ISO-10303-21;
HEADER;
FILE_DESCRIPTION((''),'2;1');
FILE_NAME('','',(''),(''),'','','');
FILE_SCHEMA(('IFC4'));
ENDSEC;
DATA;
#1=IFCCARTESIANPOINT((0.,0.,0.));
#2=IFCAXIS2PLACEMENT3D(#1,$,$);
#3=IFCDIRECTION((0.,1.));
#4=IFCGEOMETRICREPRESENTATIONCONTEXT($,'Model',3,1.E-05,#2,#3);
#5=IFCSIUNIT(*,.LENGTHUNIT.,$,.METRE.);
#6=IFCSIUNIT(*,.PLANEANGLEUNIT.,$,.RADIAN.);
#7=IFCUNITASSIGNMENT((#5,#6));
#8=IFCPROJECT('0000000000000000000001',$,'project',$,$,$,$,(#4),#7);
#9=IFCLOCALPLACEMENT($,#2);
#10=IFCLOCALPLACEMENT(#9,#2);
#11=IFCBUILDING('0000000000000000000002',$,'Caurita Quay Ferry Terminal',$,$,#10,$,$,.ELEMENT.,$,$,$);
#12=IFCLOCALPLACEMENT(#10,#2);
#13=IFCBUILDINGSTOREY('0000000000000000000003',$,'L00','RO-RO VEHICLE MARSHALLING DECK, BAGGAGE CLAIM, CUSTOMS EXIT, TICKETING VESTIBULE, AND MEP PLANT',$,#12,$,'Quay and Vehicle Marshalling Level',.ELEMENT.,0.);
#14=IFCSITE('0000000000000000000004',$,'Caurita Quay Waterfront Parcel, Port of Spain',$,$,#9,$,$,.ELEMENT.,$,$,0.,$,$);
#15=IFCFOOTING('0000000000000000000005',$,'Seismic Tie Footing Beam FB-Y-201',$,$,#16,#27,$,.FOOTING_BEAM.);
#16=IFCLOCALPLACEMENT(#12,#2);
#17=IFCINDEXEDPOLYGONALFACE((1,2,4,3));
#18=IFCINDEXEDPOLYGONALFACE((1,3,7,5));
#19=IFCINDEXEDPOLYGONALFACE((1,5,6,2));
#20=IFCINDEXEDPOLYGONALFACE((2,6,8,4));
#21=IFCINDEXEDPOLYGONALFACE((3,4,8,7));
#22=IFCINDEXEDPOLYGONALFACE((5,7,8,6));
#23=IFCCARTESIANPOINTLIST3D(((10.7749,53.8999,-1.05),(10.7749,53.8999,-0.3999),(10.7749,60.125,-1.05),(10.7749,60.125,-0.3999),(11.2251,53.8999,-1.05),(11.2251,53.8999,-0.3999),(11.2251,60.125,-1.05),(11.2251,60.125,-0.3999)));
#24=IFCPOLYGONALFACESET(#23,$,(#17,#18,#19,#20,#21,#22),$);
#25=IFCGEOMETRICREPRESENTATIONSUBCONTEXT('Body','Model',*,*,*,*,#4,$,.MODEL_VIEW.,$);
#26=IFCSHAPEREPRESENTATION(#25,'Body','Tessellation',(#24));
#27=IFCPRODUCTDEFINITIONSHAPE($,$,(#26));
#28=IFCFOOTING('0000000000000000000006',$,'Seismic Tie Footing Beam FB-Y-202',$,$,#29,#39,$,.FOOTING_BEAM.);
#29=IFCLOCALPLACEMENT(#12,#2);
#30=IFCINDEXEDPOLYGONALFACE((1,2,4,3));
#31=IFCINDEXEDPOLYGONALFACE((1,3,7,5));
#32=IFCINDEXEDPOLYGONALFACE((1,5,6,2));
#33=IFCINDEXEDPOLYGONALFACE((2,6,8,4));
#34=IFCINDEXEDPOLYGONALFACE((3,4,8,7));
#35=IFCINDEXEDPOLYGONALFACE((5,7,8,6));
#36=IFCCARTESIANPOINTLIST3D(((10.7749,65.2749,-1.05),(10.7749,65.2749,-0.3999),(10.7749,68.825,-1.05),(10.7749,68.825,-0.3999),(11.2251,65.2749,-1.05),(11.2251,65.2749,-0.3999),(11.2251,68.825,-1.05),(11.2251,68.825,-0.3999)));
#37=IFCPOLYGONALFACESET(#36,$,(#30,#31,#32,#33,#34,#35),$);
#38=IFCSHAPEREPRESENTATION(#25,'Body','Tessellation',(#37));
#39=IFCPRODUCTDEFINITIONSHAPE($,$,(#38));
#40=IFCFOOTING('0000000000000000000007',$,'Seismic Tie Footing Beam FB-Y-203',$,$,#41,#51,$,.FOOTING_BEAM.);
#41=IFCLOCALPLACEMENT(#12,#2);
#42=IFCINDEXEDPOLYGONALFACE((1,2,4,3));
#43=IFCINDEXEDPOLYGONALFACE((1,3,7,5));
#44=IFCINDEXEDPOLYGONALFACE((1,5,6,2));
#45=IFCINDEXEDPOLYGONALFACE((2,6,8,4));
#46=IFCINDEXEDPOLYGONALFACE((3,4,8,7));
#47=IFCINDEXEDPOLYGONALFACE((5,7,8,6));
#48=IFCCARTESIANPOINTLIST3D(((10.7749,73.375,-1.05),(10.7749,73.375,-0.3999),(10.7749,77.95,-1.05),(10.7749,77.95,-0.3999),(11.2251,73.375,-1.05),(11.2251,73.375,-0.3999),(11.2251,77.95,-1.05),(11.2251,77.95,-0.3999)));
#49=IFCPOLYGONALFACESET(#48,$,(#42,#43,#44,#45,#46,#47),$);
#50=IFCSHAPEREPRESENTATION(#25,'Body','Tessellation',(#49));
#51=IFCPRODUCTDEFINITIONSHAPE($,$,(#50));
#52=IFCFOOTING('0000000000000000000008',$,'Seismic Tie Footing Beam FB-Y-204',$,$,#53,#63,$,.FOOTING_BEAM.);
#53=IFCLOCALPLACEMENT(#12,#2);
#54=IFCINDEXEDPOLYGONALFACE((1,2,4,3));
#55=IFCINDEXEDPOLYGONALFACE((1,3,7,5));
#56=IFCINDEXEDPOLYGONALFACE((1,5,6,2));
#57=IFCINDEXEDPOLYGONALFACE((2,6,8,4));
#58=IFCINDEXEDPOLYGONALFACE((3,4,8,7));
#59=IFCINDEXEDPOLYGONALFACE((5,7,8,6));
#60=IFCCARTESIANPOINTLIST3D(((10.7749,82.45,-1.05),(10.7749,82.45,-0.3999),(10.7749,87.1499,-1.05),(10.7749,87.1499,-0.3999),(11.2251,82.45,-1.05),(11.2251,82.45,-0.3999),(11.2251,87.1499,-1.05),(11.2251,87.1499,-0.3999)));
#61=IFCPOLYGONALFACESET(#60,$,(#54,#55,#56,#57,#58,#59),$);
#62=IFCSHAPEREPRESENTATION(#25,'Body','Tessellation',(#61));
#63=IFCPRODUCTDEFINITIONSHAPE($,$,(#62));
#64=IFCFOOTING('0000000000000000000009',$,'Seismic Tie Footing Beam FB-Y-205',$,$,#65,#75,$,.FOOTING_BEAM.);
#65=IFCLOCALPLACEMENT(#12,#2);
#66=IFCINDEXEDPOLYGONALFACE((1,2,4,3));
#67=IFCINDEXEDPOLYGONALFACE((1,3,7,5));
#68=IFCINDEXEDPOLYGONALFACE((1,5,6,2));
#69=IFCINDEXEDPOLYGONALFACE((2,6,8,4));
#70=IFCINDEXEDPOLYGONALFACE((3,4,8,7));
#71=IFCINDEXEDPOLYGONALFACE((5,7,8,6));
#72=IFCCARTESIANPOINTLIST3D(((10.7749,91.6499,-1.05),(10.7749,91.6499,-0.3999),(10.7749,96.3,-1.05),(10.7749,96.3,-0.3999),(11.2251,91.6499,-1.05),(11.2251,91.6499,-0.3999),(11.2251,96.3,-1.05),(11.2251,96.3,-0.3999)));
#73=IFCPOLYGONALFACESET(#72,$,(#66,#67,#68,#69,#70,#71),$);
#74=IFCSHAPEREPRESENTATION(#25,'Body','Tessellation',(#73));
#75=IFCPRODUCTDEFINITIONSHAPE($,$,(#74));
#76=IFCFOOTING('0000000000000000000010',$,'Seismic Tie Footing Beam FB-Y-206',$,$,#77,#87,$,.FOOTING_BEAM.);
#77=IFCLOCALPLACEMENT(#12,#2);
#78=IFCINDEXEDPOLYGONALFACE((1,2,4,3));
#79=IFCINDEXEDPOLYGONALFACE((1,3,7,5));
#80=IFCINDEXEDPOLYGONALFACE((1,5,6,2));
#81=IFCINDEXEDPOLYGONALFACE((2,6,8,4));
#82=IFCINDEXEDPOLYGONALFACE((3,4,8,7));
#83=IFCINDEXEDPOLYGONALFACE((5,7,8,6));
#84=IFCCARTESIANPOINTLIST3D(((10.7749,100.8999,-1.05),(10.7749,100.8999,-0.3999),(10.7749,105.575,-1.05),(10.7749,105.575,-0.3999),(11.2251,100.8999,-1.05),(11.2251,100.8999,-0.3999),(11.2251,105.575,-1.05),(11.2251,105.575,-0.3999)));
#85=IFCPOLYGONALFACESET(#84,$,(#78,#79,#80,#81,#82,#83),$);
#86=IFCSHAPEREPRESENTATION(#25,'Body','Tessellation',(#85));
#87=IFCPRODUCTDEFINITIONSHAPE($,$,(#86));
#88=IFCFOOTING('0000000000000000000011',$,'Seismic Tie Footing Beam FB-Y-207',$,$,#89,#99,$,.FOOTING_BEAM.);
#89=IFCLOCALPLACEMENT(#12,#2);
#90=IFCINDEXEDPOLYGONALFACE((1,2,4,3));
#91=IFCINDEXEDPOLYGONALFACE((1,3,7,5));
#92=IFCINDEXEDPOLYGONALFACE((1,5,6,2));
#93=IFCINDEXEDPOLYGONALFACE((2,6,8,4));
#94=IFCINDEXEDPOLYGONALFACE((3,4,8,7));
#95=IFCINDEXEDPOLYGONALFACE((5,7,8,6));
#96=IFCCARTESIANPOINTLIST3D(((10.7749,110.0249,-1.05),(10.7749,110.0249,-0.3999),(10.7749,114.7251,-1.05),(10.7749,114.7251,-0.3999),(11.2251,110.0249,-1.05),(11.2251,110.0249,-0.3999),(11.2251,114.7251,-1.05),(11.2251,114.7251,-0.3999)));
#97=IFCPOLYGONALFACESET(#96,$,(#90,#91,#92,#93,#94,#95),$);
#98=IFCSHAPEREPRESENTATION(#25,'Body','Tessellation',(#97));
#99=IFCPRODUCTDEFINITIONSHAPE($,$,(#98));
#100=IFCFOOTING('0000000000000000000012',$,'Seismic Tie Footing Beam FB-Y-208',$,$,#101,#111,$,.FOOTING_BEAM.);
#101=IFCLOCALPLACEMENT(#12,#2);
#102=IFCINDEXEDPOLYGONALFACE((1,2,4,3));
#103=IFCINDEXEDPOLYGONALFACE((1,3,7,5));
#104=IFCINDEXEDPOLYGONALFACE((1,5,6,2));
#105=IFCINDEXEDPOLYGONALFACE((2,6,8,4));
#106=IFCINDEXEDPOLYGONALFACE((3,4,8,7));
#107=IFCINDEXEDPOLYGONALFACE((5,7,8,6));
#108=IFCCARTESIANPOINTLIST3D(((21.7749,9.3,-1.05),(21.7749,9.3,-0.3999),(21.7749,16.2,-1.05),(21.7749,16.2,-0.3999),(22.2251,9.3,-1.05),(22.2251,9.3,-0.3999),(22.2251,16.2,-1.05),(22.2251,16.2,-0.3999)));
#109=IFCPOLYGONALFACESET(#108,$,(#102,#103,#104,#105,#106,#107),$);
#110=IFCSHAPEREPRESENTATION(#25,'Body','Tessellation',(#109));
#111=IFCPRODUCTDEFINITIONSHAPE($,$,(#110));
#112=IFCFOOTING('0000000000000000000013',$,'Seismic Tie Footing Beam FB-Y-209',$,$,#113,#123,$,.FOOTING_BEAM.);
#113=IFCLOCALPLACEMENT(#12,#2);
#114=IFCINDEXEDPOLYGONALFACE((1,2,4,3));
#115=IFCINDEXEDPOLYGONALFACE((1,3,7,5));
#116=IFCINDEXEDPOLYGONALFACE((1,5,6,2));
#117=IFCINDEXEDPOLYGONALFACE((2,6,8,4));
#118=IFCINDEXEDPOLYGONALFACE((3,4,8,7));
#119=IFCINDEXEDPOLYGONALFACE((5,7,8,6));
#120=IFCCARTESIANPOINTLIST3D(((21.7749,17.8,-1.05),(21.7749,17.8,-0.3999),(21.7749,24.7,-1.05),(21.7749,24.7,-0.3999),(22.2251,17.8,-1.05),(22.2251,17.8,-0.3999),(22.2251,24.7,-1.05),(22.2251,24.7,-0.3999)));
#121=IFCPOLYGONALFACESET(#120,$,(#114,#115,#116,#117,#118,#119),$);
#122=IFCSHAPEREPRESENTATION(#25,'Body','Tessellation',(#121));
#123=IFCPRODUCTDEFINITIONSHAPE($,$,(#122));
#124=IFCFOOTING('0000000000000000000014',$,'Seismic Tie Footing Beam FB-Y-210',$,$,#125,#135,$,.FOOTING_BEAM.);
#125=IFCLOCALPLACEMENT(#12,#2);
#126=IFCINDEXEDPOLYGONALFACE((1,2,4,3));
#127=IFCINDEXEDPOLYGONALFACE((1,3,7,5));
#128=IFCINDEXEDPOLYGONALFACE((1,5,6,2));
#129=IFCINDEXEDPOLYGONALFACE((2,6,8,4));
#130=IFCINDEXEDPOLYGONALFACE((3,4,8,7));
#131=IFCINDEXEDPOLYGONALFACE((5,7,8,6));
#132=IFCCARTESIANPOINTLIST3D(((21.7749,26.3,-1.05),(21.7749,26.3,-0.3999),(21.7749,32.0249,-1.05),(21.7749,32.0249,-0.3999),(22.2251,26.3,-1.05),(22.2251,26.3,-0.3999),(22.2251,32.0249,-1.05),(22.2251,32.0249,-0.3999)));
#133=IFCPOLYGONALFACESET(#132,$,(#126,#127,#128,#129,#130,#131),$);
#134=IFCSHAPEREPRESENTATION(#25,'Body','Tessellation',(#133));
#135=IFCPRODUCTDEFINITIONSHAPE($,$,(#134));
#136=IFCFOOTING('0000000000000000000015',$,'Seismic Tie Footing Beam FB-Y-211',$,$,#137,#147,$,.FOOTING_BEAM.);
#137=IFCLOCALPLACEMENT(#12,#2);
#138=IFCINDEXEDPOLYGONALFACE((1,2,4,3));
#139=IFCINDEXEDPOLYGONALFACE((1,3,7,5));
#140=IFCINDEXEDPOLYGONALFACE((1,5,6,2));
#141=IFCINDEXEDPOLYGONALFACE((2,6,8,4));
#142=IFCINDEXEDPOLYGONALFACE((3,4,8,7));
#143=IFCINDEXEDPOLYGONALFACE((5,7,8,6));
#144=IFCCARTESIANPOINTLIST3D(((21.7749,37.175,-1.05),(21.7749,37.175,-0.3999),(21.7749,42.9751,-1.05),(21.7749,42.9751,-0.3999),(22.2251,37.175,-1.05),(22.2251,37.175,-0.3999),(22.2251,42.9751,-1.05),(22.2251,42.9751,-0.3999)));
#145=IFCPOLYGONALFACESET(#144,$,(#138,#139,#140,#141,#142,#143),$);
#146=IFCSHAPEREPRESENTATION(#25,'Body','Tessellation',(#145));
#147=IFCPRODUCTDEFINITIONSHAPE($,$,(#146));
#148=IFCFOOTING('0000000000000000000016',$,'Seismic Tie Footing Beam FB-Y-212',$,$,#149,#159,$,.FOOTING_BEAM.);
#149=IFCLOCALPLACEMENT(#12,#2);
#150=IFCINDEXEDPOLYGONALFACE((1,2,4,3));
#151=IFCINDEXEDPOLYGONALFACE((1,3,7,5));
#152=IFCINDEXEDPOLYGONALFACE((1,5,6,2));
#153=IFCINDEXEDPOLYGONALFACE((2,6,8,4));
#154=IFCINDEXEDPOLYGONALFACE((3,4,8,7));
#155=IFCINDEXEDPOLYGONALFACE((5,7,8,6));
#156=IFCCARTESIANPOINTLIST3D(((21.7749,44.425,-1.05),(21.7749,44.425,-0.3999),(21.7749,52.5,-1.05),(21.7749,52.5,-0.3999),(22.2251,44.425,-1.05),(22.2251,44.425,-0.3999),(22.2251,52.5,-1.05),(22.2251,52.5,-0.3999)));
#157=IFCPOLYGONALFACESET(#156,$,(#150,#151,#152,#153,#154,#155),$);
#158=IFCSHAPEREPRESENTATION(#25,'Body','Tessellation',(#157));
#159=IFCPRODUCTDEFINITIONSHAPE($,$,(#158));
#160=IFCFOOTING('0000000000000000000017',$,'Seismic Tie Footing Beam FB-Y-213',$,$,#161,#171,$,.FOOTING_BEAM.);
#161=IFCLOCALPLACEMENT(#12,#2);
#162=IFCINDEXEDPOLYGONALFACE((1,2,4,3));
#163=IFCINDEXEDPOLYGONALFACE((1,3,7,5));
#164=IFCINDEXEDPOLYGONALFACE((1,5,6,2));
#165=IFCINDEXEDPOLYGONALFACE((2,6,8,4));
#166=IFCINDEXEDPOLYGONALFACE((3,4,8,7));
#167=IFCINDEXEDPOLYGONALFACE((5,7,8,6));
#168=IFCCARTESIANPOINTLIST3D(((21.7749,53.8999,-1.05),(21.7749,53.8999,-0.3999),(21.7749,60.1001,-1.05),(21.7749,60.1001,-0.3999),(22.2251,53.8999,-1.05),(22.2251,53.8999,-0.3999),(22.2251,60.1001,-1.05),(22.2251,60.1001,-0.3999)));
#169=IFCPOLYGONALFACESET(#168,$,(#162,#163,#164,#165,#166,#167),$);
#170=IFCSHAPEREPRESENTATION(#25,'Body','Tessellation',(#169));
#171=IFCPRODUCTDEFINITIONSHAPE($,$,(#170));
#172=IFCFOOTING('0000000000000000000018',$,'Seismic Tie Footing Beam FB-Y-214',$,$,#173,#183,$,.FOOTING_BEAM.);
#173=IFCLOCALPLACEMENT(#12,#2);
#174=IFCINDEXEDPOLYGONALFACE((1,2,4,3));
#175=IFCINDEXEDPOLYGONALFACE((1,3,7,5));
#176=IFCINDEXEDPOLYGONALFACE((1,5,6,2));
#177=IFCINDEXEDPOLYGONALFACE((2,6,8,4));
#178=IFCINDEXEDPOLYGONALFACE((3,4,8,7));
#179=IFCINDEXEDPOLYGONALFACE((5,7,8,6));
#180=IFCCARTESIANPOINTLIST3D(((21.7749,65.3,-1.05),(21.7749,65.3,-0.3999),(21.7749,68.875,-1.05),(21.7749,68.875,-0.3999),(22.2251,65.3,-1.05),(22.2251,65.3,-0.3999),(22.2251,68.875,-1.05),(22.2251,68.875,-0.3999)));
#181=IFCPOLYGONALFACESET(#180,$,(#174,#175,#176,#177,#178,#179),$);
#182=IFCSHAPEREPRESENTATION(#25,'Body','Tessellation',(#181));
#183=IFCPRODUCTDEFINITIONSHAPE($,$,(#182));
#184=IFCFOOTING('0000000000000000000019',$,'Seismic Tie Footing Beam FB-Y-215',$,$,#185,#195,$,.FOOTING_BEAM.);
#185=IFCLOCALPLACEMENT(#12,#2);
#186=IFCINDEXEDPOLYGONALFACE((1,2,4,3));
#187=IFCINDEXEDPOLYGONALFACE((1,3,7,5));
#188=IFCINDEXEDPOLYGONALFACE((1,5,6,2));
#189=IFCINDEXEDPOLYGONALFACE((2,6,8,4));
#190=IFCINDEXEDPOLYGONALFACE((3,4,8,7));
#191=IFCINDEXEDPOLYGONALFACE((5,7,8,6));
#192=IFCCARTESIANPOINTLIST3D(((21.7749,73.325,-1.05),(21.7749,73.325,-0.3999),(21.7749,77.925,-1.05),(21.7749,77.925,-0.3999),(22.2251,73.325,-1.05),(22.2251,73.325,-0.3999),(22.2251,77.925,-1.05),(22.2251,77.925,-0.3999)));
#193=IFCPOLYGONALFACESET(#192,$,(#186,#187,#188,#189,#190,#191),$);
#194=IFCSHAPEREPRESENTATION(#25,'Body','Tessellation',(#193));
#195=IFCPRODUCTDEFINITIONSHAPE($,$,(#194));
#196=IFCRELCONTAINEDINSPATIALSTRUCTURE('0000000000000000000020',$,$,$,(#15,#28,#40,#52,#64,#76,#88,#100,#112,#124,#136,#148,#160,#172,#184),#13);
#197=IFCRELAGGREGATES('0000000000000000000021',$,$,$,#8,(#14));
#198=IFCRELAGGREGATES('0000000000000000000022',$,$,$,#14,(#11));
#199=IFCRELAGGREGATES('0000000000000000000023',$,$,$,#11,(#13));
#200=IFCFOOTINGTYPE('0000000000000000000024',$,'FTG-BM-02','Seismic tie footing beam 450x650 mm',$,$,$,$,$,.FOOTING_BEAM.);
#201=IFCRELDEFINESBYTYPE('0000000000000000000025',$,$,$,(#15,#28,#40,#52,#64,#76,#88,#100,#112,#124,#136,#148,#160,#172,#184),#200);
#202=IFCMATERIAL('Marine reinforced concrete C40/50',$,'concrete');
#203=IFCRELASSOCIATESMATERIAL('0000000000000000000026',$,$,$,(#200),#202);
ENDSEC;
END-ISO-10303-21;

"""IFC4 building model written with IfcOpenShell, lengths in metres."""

from ifc_helpers import new_model, si_unit, direction, frame, origin, place, context, subcontext, project, spatial, polyline, outline, extrude, material, type_object, element, save


model = new_model("IFC4")

# Units and contexts
model_context = context("Model", 3, precision=1e-05, world=origin(), true_north=direction((0.0, 1.0)))
body_context = subcontext(model_context, "Body", "Model", "MODEL_VIEW")
ifc_project = project(units=[si_unit("LENGTHUNIT", "METRE"), si_unit("PLANEANGLEUNIT", "RADIAN")], contexts=[model_context])

# Site, building, storey
site_placement = place(None, origin())
site = spatial("IfcSite", under=ifc_project, at=site_placement, Name="Caurita Quay Waterfront Parcel, Port of Spain", CompositionType="ELEMENT", RefElevation=0.0)
building_placement = place(site_placement, origin())
building = spatial("IfcBuilding", under=site, at=building_placement, Name="Caurita Quay Ferry Terminal", CompositionType="ELEMENT")
storey_placement = place(building_placement, origin())
storey = spatial("IfcBuildingStorey", under=building, at=storey_placement, Name="L00", Description="RO-RO VEHICLE MARSHALLING DECK, BAGGAGE CLAIM, CUSTOMS EXIT, TICKETING VESTIBULE, AND MEP PLANT", LongName="Quay and Vehicle Marshalling Level", CompositionType="ELEMENT", Elevation=0.0)

# Footings
ifc_material = material(Name="Marine reinforced concrete C40/50", Category="concrete")
footing_type = type_object("IfcFootingType", Name="FTG-BM-02", Description="Seismic tie footing beam 450x650 mm", PredefinedType="FOOTING_BEAM", material=ifc_material)
footing_1_placement = place(storey_placement, frame((0.0, 0.0, -1.05)))
element("IfcFooting", 1, at=footing_1_placement, inside=storey, type_object=footing_type, Name="Seismic Tie Footing Beam FB-Y-201", PredefinedType="FOOTING_BEAM", context=body_context, shape_type="SweptSolid", body=[
    extrude(outline(polyline([(10.7749, 53.8999), (11.2251, 53.8999), (11.2251, 60.125), (10.7749, 60.125), (10.7749, 53.8999)])), origin(), (0.0, 0.0, 1.0), 0.6501),
])
footing_2_placement = place(storey_placement, frame((0.0, 0.0, -1.05)))
element("IfcFooting", 2, at=footing_2_placement, inside=storey, type_object=footing_type, Name="Seismic Tie Footing Beam FB-Y-202", PredefinedType="FOOTING_BEAM", context=body_context, shape_type="SweptSolid", body=[
    extrude(outline(polyline([(10.7749, 65.2749), (11.2251, 65.2749), (11.2251, 68.825), (10.7749, 68.825), (10.7749, 65.2749)])), origin(), (0.0, 0.0, 1.0), 0.6501),
])
footing_3_placement = place(storey_placement, frame((0.0, 0.0, -1.05)))
element("IfcFooting", 3, at=footing_3_placement, inside=storey, type_object=footing_type, Name="Seismic Tie Footing Beam FB-Y-203", PredefinedType="FOOTING_BEAM", context=body_context, shape_type="SweptSolid", body=[
    extrude(outline(polyline([(10.7749, 73.375), (11.2251, 73.375), (11.2251, 77.95), (10.7749, 77.95), (10.7749, 73.375)])), origin(), (0.0, 0.0, 1.0), 0.6501),
])
footing_4_placement = place(storey_placement, frame((0.0, 0.0, -1.05)))
element("IfcFooting", 4, at=footing_4_placement, inside=storey, type_object=footing_type, Name="Seismic Tie Footing Beam FB-Y-204", PredefinedType="FOOTING_BEAM", context=body_context, shape_type="SweptSolid", body=[
    extrude(outline(polyline([(10.7749, 82.45), (11.2251, 82.45), (11.2251, 87.1499), (10.7749, 87.1499), (10.7749, 82.45)])), origin(), (0.0, 0.0, 1.0), 0.6501),
])
footing_5_placement = place(storey_placement, frame((0.0, 0.0, -1.05)))
element("IfcFooting", 5, at=footing_5_placement, inside=storey, type_object=footing_type, Name="Seismic Tie Footing Beam FB-Y-205", PredefinedType="FOOTING_BEAM", context=body_context, shape_type="SweptSolid", body=[
    extrude(outline(polyline([(10.7749, 91.6499), (11.2251, 91.6499), (11.2251, 96.3), (10.7749, 96.3), (10.7749, 91.6499)])), origin(), (0.0, 0.0, 1.0), 0.6501),
])
footing_6_placement = place(storey_placement, frame((0.0, 0.0, -1.05)))
element("IfcFooting", 6, at=footing_6_placement, inside=storey, type_object=footing_type, Name="Seismic Tie Footing Beam FB-Y-206", PredefinedType="FOOTING_BEAM", context=body_context, shape_type="SweptSolid", body=[
    extrude(outline(polyline([(10.7749, 100.8999), (11.2251, 100.8999), (11.2251, 105.575), (10.7749, 105.575), (10.7749, 100.8999)])), origin(), (0.0, 0.0, 1.0), 0.6501),
])
footing_7_placement = place(storey_placement, frame((0.0, 0.0, -1.05)))
element("IfcFooting", 7, at=footing_7_placement, inside=storey, type_object=footing_type, Name="Seismic Tie Footing Beam FB-Y-207", PredefinedType="FOOTING_BEAM", context=body_context, shape_type="SweptSolid", body=[
    extrude(outline(polyline([(10.7749, 110.0249), (11.2251, 110.0249), (11.2251, 114.7251), (10.7749, 114.7251), (10.7749, 110.0249)])), origin(), (0.0, 0.0, 1.0), 0.6501),
])
footing_8_placement = place(storey_placement, frame((0.0, 0.0, -1.05)))
element("IfcFooting", 8, at=footing_8_placement, inside=storey, type_object=footing_type, Name="Seismic Tie Footing Beam FB-Y-208", PredefinedType="FOOTING_BEAM", context=body_context, shape_type="SweptSolid", body=[
    extrude(outline(polyline([(21.7749, 9.3), (22.2251, 9.3), (22.2251, 16.2), (21.7749, 16.2), (21.7749, 9.3)])), origin(), (0.0, 0.0, 1.0), 0.6501),
])
footing_9_placement = place(storey_placement, frame((0.0, 0.0, -1.05)))
element("IfcFooting", 9, at=footing_9_placement, inside=storey, type_object=footing_type, Name="Seismic Tie Footing Beam FB-Y-209", PredefinedType="FOOTING_BEAM", context=body_context, shape_type="SweptSolid", body=[
    extrude(outline(polyline([(21.7749, 17.8), (22.2251, 17.8), (22.2251, 24.7), (21.7749, 24.7), (21.7749, 17.8)])), origin(), (0.0, 0.0, 1.0), 0.6501),
])
footing_10_placement = place(storey_placement, frame((0.0, 0.0, -1.05)))
element("IfcFooting", 10, at=footing_10_placement, inside=storey, type_object=footing_type, Name="Seismic Tie Footing Beam FB-Y-210", PredefinedType="FOOTING_BEAM", context=body_context, shape_type="SweptSolid", body=[
    extrude(outline(polyline([(21.7749, 26.3), (22.2251, 26.3), (22.2251, 32.0249), (21.7749, 32.0249), (21.7749, 26.3)])), origin(), (0.0, 0.0, 1.0), 0.6501),
])
footing_11_placement = place(storey_placement, frame((0.0, 0.0, -1.05)))
element("IfcFooting", 11, at=footing_11_placement, inside=storey, type_object=footing_type, Name="Seismic Tie Footing Beam FB-Y-211", PredefinedType="FOOTING_BEAM", context=body_context, shape_type="SweptSolid", body=[
    extrude(outline(polyline([(21.7749, 37.175), (22.2251, 37.175), (22.2251, 42.9751), (21.7749, 42.9751), (21.7749, 37.175)])), origin(), (0.0, 0.0, 1.0), 0.6501),
])
footing_12_placement = place(storey_placement, frame((0.0, 0.0, -1.05)))
element("IfcFooting", 12, at=footing_12_placement, inside=storey, type_object=footing_type, Name="Seismic Tie Footing Beam FB-Y-212", PredefinedType="FOOTING_BEAM", context=body_context, shape_type="SweptSolid", body=[
    extrude(outline(polyline([(21.7749, 44.425), (22.2251, 44.425), (22.2251, 52.5), (21.7749, 52.5), (21.7749, 44.425)])), origin(), (0.0, 0.0, 1.0), 0.6501),
])
footing_13_placement = place(storey_placement, frame((0.0, 0.0, -1.05)))
element("IfcFooting", 13, at=footing_13_placement, inside=storey, type_object=footing_type, Name="Seismic Tie Footing Beam FB-Y-213", PredefinedType="FOOTING_BEAM", context=body_context, shape_type="SweptSolid", body=[
    extrude(outline(polyline([(21.7749, 53.8999), (22.2251, 53.8999), (22.2251, 60.1001), (21.7749, 60.1001), (21.7749, 53.8999)])), origin(), (0.0, 0.0, 1.0), 0.6501),
])
footing_14_placement = place(storey_placement, frame((0.0, 0.0, -1.05)))
element("IfcFooting", 14, at=footing_14_placement, inside=storey, type_object=footing_type, Name="Seismic Tie Footing Beam FB-Y-214", PredefinedType="FOOTING_BEAM", context=body_context, shape_type="SweptSolid", body=[
    extrude(outline(polyline([(21.7749, 65.3), (22.2251, 65.3), (22.2251, 68.875), (21.7749, 68.875), (21.7749, 65.3)])), origin(), (0.0, 0.0, 1.0), 0.6501),
])
footing_15_placement = place(storey_placement, frame((0.0, 0.0, -1.05)))
element("IfcFooting", 15, at=footing_15_placement, inside=storey, type_object=footing_type, Name="Seismic Tie Footing Beam FB-Y-215", PredefinedType="FOOTING_BEAM", context=body_context, shape_type="SweptSolid", body=[
    extrude(outline(polyline([(21.7749, 73.325), (22.2251, 73.325), (22.2251, 77.925), (21.7749, 77.925), (21.7749, 73.325)])), origin(), (0.0, 0.0, 1.0), 0.6501),
])

save(model, "model.ifc")
